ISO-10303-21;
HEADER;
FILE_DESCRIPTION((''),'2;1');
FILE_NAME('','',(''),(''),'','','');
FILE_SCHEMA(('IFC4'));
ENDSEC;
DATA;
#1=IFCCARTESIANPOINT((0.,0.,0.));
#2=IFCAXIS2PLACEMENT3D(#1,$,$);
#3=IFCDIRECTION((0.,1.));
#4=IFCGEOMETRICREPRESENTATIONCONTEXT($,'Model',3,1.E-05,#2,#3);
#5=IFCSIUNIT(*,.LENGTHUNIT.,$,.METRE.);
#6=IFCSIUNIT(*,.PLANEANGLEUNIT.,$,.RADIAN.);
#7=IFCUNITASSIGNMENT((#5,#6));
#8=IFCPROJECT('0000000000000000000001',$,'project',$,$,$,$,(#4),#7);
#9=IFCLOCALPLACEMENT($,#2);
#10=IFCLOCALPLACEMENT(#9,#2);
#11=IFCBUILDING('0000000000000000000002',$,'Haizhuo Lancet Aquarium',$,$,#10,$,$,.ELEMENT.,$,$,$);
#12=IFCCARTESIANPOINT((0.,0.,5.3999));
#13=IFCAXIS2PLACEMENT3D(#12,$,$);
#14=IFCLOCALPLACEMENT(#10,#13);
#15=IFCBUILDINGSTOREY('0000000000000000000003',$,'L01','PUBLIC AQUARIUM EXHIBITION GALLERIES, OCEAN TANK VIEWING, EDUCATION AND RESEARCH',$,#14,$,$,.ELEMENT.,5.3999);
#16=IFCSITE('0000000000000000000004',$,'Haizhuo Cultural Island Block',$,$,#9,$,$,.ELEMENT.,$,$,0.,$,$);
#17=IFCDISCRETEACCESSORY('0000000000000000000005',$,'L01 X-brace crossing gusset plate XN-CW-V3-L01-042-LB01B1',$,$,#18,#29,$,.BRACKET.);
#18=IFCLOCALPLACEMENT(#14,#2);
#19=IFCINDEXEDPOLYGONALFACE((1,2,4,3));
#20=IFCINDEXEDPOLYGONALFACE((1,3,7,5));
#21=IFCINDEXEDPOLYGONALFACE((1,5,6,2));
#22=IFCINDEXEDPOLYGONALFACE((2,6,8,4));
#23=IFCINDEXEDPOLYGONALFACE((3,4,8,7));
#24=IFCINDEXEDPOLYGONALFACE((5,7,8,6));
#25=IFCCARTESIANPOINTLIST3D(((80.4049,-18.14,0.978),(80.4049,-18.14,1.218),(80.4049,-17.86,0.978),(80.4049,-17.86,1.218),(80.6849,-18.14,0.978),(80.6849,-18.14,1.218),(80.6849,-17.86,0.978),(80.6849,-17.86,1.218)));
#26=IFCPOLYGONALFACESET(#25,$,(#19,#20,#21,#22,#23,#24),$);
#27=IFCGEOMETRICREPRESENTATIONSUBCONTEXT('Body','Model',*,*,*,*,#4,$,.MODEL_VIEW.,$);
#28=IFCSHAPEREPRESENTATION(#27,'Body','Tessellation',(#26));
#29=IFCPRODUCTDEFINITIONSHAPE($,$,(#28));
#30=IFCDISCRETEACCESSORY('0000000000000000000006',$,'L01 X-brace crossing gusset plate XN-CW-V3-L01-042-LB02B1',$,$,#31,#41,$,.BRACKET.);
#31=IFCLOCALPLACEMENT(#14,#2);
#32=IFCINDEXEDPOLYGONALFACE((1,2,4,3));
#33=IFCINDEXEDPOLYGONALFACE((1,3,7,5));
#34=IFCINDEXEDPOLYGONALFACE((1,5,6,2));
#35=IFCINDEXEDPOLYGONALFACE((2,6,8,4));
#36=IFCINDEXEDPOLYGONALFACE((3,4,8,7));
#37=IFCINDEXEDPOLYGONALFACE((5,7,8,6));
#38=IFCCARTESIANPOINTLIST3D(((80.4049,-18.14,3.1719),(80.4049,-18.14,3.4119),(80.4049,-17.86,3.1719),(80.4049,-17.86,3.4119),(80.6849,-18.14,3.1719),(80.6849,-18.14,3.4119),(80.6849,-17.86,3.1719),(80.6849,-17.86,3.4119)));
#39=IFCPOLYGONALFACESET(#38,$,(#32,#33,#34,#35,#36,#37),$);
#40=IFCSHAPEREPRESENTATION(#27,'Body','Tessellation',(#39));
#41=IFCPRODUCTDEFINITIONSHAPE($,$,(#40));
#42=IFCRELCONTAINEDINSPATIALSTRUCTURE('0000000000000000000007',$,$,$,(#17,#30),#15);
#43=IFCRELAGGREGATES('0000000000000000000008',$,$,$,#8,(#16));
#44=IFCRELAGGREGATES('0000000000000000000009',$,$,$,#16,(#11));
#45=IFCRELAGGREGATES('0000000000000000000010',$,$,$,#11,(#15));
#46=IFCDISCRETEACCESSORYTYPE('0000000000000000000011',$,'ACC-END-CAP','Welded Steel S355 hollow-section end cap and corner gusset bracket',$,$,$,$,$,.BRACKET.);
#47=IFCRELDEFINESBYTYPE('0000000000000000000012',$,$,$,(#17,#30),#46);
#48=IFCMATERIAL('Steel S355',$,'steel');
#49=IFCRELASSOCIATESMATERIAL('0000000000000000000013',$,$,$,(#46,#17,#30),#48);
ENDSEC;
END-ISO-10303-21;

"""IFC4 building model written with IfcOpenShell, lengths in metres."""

from ifc_helpers import new_model, si_unit, direction, frame, origin, origin_2d, place, context, subcontext, project, spatial, rectangle, extrude, material, type_object, element, save


model = new_model("IFC4")

# Units and contexts
model_context = context("Model", 3, precision=1e-05, world=origin(), true_north=direction((0.0, 1.0)))
body_context = subcontext(model_context, "Body", "Model", "MODEL_VIEW")
ifc_project = project(units=[si_unit("LENGTHUNIT", "METRE"), si_unit("PLANEANGLEUNIT", "RADIAN")], contexts=[model_context])

# Site, building, storey
site_placement = place(None, origin())
site = spatial("IfcSite", under=ifc_project, at=site_placement, Name="Haizhuo Cultural Island Block", CompositionType="ELEMENT", RefElevation=0.0)
building_placement = place(site_placement, origin())
building = spatial("IfcBuilding", under=site, at=building_placement, Name="Haizhuo Lancet Aquarium", CompositionType="ELEMENT")
storey_placement = place(building_placement, frame((0.0, 0.0, 5.3999)))
storey = spatial("IfcBuildingStorey", under=building, at=storey_placement, Name="L01", Description="PUBLIC AQUARIUM EXHIBITION GALLERIES, OCEAN TANK VIEWING, EDUCATION AND RESEARCH", CompositionType="ELEMENT", Elevation=5.3999)

# Shared definitions
ifc_material_1 = material(Name="Steel S355", Category="steel")

# Discrete accessories
discrete_accessory_type = type_object("IfcDiscreteAccessoryType", Name="ACC-END-CAP", Description="Welded Steel S355 hollow-section end cap and corner gusset bracket", PredefinedType="BRACKET", material=ifc_material_1)
for number, where, z_axis, x_axis, name in (
    (1, (80.5449, -18.0, 0.978), (0.0, 0.0, 1.0), (1.0, 0.0, 0.0), "L01 X-brace crossing gusset plate XN-CW-V3-L01-042-LB01B1"),
    (2, (80.5449, -18.0, 3.1719), (0.0, 0.0, 1.0), (1.0, 0.0, 0.0), "L01 X-brace crossing gusset plate XN-CW-V3-L01-042-LB02B1"),
):
    element("IfcDiscreteAccessory", number, at=place(storey_placement, frame(where, z_axis=z_axis, x_axis=x_axis)), inside=storey, type_object=discrete_accessory_type, material=ifc_material_1, Name=name, PredefinedType="BRACKET", context=body_context, shape_type="SweptSolid", body=[
        extrude(rectangle(XDim=0.28, YDim=0.28, at=origin_2d()), origin(), (0.0, 0.0, 1.0), 0.24),
    ])

save(model, "model.ifc")
